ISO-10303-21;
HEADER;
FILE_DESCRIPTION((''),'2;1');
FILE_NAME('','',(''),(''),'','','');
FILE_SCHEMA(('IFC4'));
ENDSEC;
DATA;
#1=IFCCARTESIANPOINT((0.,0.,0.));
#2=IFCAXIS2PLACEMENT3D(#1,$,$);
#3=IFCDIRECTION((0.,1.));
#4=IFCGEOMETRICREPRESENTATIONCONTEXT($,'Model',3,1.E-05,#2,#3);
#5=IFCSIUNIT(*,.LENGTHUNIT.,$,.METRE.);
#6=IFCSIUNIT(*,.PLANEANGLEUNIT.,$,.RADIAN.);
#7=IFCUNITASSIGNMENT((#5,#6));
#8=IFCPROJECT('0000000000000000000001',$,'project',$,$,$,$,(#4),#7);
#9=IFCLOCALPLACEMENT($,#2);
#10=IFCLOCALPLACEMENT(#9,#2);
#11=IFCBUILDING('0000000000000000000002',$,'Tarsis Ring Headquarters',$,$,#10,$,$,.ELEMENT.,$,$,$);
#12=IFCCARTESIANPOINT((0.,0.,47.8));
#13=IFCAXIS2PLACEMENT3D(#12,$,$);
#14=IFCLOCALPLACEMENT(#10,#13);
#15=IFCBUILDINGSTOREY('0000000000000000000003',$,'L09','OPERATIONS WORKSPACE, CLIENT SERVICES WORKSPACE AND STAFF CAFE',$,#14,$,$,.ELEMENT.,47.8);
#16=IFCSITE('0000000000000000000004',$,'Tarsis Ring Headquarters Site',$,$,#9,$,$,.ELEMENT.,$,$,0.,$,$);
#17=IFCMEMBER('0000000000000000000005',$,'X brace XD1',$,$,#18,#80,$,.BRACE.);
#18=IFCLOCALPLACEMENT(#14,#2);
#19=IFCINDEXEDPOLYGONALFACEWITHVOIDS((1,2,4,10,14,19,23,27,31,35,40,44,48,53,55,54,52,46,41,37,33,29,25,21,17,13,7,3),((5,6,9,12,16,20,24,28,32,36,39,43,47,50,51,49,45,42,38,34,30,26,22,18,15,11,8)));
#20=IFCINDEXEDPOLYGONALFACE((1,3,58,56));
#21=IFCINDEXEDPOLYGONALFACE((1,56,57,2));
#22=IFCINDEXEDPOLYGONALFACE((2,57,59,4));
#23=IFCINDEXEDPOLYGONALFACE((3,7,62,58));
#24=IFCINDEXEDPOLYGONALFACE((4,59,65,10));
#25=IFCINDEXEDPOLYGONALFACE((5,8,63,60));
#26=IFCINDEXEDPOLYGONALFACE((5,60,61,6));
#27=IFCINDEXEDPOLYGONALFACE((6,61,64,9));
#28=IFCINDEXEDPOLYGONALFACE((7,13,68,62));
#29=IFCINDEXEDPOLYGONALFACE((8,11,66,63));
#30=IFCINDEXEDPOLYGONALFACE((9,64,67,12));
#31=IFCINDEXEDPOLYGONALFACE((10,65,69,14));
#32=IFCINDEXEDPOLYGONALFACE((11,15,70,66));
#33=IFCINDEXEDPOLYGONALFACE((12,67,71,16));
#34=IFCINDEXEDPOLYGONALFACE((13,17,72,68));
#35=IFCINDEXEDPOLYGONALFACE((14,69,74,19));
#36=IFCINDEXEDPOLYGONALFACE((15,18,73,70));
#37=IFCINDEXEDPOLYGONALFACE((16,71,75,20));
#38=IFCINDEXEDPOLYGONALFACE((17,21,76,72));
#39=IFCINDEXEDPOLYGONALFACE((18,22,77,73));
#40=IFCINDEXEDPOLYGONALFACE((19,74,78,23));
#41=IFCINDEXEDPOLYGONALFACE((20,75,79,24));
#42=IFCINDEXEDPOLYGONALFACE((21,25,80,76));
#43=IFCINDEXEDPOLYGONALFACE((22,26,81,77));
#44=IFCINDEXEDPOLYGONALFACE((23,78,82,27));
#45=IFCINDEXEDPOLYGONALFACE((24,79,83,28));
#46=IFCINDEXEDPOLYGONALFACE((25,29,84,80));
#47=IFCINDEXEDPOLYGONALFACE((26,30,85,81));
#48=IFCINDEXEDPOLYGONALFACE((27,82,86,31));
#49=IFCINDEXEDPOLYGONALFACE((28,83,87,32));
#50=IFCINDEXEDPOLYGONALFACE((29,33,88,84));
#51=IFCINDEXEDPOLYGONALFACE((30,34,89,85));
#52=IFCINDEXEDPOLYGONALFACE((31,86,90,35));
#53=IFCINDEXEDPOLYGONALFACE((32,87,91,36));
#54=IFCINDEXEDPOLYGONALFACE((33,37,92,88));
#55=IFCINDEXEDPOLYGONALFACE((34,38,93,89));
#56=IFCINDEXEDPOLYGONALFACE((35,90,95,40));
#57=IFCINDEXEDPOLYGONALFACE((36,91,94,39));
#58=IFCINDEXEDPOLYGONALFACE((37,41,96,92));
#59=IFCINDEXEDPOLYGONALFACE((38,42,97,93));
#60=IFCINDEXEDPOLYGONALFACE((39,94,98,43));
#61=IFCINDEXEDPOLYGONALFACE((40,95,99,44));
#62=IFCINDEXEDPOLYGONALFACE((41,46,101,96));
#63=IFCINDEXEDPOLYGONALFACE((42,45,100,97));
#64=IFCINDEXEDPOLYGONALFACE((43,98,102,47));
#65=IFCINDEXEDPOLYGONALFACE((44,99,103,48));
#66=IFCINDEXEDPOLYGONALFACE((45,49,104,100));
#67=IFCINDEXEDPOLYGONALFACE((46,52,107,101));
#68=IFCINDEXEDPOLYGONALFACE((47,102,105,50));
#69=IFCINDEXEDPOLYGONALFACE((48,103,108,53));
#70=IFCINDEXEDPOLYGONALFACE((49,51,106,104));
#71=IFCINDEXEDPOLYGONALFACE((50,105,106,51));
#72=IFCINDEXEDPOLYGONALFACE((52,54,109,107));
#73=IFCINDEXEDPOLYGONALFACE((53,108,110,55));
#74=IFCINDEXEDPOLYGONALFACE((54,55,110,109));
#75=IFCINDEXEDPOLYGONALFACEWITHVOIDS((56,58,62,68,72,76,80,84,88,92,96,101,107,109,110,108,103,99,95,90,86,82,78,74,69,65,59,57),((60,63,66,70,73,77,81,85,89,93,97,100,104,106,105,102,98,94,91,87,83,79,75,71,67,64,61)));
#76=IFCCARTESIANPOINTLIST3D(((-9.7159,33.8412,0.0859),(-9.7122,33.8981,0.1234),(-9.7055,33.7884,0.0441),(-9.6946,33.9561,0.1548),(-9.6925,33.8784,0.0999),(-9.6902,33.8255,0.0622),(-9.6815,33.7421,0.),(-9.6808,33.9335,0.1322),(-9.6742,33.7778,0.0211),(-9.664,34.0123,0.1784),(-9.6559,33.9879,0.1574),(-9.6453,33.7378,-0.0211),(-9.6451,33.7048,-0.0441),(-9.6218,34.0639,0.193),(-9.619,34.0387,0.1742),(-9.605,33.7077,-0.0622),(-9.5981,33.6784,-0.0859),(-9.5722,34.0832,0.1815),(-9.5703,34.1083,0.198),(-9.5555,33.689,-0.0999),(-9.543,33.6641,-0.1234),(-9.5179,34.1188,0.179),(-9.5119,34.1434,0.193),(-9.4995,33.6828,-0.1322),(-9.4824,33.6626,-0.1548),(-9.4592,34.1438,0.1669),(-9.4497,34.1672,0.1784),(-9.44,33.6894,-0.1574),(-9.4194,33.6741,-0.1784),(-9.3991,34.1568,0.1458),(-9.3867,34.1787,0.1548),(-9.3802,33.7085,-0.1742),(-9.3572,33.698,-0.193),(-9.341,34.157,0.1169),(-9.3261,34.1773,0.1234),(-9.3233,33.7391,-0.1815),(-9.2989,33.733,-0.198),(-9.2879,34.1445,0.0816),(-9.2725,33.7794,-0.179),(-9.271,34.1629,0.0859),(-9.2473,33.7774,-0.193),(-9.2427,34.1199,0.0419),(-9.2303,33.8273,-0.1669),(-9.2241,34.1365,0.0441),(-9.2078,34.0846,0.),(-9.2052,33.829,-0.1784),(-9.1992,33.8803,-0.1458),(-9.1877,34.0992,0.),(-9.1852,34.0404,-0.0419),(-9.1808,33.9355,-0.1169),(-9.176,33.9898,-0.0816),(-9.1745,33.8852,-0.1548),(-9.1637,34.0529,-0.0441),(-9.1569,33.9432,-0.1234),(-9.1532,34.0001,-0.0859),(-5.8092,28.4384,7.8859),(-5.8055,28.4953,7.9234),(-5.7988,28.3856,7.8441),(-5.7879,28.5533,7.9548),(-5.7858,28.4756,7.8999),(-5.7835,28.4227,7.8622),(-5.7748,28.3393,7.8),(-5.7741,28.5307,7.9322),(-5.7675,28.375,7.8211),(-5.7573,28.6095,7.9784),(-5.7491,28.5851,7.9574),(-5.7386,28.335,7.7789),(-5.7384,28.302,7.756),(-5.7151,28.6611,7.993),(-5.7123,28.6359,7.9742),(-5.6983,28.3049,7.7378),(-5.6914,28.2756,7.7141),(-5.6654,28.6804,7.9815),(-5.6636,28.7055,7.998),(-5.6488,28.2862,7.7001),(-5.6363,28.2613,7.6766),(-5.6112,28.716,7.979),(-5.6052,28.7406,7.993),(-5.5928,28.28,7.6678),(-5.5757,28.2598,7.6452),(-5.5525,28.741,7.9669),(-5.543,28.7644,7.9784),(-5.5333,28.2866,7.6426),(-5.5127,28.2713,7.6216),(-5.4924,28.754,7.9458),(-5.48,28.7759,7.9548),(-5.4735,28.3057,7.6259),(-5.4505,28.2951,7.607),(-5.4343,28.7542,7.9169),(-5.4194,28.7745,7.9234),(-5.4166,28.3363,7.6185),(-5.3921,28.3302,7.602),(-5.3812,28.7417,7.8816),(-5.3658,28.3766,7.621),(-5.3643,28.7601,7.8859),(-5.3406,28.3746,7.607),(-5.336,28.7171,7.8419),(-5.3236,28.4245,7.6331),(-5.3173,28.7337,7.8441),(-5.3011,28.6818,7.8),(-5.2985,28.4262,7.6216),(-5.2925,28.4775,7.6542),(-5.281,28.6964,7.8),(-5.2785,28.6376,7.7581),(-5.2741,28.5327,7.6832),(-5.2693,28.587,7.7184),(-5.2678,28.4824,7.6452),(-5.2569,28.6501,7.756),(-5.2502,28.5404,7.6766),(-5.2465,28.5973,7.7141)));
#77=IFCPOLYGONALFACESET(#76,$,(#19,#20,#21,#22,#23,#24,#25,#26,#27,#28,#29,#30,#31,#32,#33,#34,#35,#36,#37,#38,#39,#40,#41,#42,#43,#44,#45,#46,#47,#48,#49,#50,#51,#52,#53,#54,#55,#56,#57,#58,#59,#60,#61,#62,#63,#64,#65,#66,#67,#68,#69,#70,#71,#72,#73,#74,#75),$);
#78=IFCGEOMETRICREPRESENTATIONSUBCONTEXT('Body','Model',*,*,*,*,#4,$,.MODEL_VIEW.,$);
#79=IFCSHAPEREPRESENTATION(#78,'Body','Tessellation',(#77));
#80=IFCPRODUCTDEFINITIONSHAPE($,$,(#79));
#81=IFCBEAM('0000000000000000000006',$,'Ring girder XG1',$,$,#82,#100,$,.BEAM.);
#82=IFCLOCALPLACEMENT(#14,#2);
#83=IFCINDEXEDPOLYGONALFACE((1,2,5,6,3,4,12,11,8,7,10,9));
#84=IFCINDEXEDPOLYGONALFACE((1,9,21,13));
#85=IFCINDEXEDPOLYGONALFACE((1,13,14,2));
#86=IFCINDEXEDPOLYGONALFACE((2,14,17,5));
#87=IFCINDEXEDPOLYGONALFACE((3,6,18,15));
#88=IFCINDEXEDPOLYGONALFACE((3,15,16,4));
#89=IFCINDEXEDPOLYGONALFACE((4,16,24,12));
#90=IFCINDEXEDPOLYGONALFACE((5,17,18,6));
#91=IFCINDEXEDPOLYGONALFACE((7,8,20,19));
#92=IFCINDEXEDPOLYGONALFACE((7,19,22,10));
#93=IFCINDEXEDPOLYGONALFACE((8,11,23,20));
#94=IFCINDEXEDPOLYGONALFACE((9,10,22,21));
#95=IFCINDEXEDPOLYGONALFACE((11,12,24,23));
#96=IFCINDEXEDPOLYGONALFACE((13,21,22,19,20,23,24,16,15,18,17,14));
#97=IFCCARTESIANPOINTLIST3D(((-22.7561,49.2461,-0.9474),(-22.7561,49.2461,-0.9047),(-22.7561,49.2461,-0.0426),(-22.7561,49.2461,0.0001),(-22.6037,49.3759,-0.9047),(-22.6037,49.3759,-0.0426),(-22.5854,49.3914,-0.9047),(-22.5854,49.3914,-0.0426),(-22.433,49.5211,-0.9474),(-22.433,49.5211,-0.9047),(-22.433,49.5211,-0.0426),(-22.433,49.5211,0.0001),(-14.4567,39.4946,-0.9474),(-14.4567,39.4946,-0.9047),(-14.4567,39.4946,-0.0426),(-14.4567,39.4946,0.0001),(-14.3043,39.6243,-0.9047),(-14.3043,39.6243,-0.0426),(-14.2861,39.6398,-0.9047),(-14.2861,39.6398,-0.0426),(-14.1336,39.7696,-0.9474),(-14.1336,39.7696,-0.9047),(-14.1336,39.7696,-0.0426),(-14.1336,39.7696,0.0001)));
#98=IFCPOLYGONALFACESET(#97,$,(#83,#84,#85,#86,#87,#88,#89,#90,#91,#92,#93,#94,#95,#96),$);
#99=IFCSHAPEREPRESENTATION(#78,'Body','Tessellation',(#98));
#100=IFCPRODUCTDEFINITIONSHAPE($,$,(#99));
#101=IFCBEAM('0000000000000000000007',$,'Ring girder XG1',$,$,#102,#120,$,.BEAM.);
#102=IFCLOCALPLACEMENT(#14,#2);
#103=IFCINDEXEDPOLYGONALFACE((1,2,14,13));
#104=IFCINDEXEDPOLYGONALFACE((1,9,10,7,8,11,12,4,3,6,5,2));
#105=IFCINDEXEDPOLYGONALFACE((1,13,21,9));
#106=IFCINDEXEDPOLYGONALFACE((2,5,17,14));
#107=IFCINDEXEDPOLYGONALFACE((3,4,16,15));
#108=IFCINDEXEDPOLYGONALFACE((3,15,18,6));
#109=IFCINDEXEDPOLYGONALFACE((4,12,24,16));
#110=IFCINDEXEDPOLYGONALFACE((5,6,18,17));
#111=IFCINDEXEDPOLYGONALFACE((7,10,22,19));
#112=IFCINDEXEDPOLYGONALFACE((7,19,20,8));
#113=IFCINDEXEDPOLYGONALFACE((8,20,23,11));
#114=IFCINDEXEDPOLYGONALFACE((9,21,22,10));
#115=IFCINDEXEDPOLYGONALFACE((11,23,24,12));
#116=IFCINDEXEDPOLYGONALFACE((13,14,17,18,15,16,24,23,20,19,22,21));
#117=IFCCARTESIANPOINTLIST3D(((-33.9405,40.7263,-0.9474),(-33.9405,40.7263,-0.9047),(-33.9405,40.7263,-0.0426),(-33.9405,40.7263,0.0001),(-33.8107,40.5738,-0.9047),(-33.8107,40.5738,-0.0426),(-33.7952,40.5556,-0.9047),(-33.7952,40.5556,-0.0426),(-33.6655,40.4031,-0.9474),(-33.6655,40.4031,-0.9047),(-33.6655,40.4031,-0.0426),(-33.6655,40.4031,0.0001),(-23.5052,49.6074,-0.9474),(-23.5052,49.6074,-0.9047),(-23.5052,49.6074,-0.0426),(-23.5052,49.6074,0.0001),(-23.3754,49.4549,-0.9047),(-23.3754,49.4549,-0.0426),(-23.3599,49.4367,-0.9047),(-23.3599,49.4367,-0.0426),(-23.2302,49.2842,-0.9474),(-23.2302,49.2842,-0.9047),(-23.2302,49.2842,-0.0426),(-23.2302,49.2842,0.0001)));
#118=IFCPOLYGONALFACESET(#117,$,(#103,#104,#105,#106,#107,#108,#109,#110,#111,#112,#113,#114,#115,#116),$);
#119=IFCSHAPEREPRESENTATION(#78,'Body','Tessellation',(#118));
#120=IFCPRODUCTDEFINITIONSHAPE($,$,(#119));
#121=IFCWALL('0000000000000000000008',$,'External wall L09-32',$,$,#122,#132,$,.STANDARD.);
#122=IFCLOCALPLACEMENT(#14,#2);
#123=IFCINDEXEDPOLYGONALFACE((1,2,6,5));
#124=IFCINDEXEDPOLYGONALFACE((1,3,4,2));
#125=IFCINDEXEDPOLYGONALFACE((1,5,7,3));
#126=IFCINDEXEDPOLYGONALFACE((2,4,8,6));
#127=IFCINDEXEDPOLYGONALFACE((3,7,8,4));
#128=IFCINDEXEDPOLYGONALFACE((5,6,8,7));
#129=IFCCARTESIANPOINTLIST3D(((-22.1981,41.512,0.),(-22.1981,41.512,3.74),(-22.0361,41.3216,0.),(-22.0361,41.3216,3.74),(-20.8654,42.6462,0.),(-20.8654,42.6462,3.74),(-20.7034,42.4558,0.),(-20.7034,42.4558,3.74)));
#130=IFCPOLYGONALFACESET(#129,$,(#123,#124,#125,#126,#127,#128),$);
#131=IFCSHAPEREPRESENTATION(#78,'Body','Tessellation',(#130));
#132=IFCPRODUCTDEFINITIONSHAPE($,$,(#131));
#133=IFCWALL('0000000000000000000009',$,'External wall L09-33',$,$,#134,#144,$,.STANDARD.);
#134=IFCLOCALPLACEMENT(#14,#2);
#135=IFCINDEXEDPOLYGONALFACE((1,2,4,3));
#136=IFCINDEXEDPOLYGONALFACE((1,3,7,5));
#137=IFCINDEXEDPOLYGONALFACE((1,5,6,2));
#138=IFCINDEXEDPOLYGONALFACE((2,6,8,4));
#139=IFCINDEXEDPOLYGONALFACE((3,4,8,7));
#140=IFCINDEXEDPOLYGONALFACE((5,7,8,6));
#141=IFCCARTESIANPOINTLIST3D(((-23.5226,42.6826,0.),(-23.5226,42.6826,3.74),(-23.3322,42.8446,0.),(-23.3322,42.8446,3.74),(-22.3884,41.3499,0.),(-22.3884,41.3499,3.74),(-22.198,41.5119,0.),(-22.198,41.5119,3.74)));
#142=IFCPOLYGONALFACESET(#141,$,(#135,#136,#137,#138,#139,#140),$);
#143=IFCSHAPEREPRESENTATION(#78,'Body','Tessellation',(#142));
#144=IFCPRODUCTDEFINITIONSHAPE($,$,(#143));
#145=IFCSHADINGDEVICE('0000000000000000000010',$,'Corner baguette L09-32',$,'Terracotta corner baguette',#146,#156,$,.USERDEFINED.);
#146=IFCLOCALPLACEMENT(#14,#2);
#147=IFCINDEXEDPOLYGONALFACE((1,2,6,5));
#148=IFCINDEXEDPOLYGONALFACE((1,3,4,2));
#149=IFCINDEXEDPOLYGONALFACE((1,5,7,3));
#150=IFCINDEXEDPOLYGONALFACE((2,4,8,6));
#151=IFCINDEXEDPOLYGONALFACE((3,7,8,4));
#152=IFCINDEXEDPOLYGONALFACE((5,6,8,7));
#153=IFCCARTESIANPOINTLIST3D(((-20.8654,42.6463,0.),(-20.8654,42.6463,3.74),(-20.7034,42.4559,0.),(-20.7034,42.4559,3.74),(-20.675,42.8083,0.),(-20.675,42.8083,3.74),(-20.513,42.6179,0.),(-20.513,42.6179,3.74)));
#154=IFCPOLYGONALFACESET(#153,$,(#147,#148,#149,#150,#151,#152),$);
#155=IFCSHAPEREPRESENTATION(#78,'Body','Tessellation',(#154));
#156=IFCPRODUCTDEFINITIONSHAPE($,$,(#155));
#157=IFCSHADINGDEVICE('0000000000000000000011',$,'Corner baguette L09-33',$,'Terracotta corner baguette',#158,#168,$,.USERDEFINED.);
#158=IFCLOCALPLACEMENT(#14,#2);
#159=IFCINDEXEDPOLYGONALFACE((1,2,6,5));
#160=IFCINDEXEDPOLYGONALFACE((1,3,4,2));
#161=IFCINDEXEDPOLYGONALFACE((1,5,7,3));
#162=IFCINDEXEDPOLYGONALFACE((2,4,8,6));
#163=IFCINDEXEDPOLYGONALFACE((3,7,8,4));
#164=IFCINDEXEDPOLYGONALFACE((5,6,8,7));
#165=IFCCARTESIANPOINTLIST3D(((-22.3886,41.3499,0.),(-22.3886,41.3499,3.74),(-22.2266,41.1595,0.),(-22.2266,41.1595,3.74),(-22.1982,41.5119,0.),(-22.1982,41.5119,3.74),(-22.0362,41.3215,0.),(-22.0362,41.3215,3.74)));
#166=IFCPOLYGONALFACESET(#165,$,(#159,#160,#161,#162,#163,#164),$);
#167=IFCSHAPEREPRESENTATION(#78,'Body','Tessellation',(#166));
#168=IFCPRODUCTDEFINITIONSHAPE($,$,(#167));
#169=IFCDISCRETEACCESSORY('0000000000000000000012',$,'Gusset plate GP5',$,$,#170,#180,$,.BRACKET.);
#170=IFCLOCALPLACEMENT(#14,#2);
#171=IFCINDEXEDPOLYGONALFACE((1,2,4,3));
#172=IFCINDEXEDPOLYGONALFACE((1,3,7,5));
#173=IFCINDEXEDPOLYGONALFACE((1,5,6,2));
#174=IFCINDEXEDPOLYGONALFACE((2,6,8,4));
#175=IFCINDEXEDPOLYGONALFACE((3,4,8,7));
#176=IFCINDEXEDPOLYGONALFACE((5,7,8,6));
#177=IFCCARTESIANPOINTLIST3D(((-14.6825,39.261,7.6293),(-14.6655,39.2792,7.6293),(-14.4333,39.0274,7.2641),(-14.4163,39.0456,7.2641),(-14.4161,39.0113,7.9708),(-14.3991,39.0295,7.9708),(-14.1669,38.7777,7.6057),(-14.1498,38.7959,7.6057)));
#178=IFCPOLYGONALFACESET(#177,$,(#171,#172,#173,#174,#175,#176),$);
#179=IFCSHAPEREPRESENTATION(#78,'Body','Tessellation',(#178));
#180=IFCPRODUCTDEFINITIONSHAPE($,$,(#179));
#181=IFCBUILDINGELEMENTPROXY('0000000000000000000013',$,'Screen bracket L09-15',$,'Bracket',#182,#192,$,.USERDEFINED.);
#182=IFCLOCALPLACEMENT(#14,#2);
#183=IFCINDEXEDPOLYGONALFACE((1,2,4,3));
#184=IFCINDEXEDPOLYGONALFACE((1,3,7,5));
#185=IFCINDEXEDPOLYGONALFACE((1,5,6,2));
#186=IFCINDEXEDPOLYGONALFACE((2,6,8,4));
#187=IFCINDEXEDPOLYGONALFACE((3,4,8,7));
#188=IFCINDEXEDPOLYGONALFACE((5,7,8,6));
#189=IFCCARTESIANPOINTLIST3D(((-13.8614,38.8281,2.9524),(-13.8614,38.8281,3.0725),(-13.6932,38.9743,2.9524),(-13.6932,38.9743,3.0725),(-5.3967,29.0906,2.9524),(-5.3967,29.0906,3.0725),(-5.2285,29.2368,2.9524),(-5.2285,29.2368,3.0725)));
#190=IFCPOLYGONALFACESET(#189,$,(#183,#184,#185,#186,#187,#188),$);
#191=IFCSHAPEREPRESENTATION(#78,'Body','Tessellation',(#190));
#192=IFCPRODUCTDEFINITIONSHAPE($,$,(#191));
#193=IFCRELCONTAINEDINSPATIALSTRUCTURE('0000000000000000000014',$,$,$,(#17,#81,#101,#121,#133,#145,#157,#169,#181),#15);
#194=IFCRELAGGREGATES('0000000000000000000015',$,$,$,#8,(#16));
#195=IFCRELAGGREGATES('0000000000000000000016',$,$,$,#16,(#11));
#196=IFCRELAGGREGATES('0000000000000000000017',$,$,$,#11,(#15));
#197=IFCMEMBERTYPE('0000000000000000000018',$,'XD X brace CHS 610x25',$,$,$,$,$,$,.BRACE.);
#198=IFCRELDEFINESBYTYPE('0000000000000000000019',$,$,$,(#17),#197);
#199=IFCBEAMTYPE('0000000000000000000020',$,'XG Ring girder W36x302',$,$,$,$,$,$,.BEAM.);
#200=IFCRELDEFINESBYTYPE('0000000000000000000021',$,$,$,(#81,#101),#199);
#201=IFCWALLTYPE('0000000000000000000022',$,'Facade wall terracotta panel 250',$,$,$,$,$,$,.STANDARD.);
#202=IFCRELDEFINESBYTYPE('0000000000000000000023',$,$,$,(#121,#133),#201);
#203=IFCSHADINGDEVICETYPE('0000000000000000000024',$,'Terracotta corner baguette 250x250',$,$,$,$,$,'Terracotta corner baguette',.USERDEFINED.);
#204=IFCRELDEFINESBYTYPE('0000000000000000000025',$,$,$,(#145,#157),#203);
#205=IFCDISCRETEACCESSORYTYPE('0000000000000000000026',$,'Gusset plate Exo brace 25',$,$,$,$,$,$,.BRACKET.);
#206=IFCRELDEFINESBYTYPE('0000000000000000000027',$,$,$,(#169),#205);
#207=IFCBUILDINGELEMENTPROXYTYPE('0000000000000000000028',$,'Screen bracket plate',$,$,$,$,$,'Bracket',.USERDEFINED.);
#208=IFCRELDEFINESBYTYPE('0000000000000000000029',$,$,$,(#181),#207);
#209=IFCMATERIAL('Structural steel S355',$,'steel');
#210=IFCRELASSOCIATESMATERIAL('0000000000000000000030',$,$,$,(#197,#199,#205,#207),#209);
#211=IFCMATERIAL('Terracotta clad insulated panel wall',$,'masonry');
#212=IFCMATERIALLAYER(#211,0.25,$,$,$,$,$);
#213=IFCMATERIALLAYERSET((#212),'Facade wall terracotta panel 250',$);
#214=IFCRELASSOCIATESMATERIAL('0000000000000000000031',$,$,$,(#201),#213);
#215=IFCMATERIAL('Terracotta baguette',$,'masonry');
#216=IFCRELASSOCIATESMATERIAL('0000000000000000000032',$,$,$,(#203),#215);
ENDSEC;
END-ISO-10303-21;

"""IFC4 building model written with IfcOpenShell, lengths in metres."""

from ifc_helpers import new_model, si_unit, direction, frame, frame_2d, origin, origin_2d, place, context, subcontext, project, spatial, rectangle, hollow_circle, i_section, extrude, material, layer, layer_set, material_profile, profile_set, type_object, element, save


model = new_model("IFC4")

# Units and contexts
model_context = context("Model", 3, precision=1e-05, world=origin(), true_north=direction((0.0, 1.0)))
body_context = subcontext(model_context, "Body", "Model", "MODEL_VIEW")
ifc_project = project(units=[si_unit("LENGTHUNIT", "METRE"), si_unit("PLANEANGLEUNIT", "RADIAN")], contexts=[model_context])

# Site, building, storey
site_placement = place(None, origin())
site = spatial("IfcSite", under=ifc_project, at=site_placement, Name="Tarsis Ring Headquarters Site", CompositionType="ELEMENT", RefElevation=0.0)
building_placement = place(site_placement, origin())
building = spatial("IfcBuilding", under=site, at=building_placement, Name="Tarsis Ring Headquarters", CompositionType="ELEMENT")
storey_placement = place(building_placement, frame((0.0, 0.0, 47.8)))
storey = spatial("IfcBuildingStorey", under=building, at=storey_placement, Name="L09", Description="OPERATIONS WORKSPACE, CLIENT SERVICES WORKSPACE AND STAFF CAFE", CompositionType="ELEMENT", Elevation=47.8)

# Shared definitions
ifc_material_1 = material(Name="Structural steel S355", Category="steel")

# Member
ifc_material_profile_1 = material_profile(ifc_material_1, hollow_circle(Radius=0.3047, WallThickness=0.0249, at=origin_2d()), Name="CHS 610x25")
ifc_profile_set_1 = profile_set([ifc_material_profile_1], Name="Structural steel S355")
member_type = type_object("IfcMemberType", Name="XD X brace CHS 610x25", PredefinedType="BRACE", material=ifc_profile_set_1)
member_1_placement = place(storey_placement, frame((-9.4346, 33.9207, 0.0), z_axis=(0.380726, -0.526526, 0.760144), x_axis=(0.810345, 0.585953, 0.0)))
element("IfcMember", 1, at=member_1_placement, inside=storey, type_object=member_type, Name="X brace XD1", PredefinedType="BRACE", context=body_context, shape_type="SweptSolid", body=[
    extrude(hollow_circle(Radius=0.3047, WallThickness=0.0249, at=origin_2d()), origin(), (0.0, 0.0, 1.0), 10.2612),
])

# Beams
ifc_material_profile_2 = material_profile(ifc_material_1, i_section(OverallWidth=0.4243, OverallDepth=0.9475, WebThickness=0.0239, FlangeThickness=0.0427, at=origin_2d()), Name="W36x302")
ifc_profile_set_2 = profile_set([ifc_material_profile_2], Name="Structural steel S355")
beam_type_1 = type_object("IfcBeamType", Name="XG Ring girder W36x302", PredefinedType="BEAM", material=ifc_profile_set_2)
beam_1_placement = place(storey_placement, frame((-14.2952, 39.6321, -0.4736), z_axis=(-0.648128, 0.761532, 0.0), x_axis=(-0.761532, -0.648128, 0.0)))
element("IfcBeam", 2, at=beam_1_placement, inside=storey, type_object=beam_type_1, Name="Ring girder XG1", PredefinedType="BEAM", context=body_context, shape_type="SweptSolid", body=[
    extrude(i_section(OverallWidth=0.4243, OverallDepth=0.9475, WebThickness=0.0239, FlangeThickness=0.0427, at=origin_2d()), origin(), (0.0, 0.0, 1.0), 12.8052),
])
beam_2_placement = place(storey_placement, frame((-23.3677, 49.4458, -0.4736), z_axis=(-0.76154, -0.648118, 0.0), x_axis=(0.648118, -0.76154, 0.0)))
element("IfcBeam", 3, at=beam_2_placement, inside=storey, type_object=beam_type_1, Name="Ring girder XG1", PredefinedType="BEAM", context=body_context, shape_type="SweptSolid", body=[
    extrude(i_section(OverallWidth=0.4243, OverallDepth=0.9475, WebThickness=0.0239, FlangeThickness=0.0427, at=origin_2d()), origin(), (0.0, 0.0, 1.0), 13.7029),
])

# Walls
ifc_material_2 = material(Name="Terracotta clad insulated panel wall", Category="masonry")
ifc_layer = layer(ifc_material_2, 0.25)
ifc_layer_set = layer_set([ifc_layer], Name="Facade wall terracotta panel 250")
wall_type = type_object("IfcWallType", Name="Facade wall terracotta panel 250", PredefinedType="STANDARD", material=ifc_layer_set)
for number, where, z_axis, x_axis, name in (
    (4, (-20.7844, 42.551, 0.0), (0.0, 0.0, 1.0), (-0.761536, -0.648122, 0.0), "External wall L09-32"),
    (5, (-22.2932, 41.4309, 0.0), (0.0, 0.0, 1.0), (-0.648122, 0.761536, 0.0), "External wall L09-33"),
):
    element("IfcWall", number, at=place(storey_placement, frame(where, z_axis=z_axis, x_axis=x_axis)), inside=storey, type_object=wall_type, Name=name, PredefinedType="STANDARD", context=body_context, shape_type="SweptSolid", body=[
        extrude(rectangle(XDim=1.75, YDim=0.25, at=frame_2d((0.875, 0.0))), origin(), (0.0, 0.0, 1.0), 3.74),
    ])

# Shading devices
ifc_material_3 = material(Name="Terracotta baguette", Category="masonry")
shading_device_type_1 = type_object("IfcShadingDeviceType", Name="Terracotta corner baguette 250x250", ElementType="Terracotta corner baguette", PredefinedType="USERDEFINED", material=ifc_material_3)
for number, where, z_axis, x_axis, name in (
    (6, (-20.6892, 42.6321, 0.0), (0.0, 0.0, 1.0), (-0.64812, 0.761538, 0.0), "Corner baguette L09-32"),
    (7, (-22.2124, 41.3357, 0.0), (0.0, 0.0, 1.0), (-0.761538, -0.64812, 0.0), "Corner baguette L09-33"),
):
    element("IfcShadingDevice", number, at=place(storey_placement, frame(where, z_axis=z_axis, x_axis=x_axis)), inside=storey, type_object=shading_device_type_1, Name=name, ObjectType="Terracotta corner baguette", PredefinedType="USERDEFINED", context=body_context, shape_type="SweptSolid", body=[
        extrude(rectangle(XDim=0.25, YDim=0.25, at=origin_2d()), origin(), (0.0, 0.0, 1.0), 3.74),
    ])

# Discrete accessory
ifc_material_profile_3 = material_profile(ifc_material_1, rectangle(XDim=0.0249, YDim=0.5, at=origin_2d()), Name="PL 25x500")
ifc_profile_set_3 = profile_set([ifc_material_profile_3], Name="Structural steel S355")
discrete_accessory_type = type_object("IfcDiscreteAccessoryType", Name="Gusset plate Exo brace 25", PredefinedType="BRACKET", material=ifc_profile_set_3)
discrete_accessory_placement = place(storey_placement, frame((-14.5408, 39.1453, 7.8), z_axis=(0.498416, -0.467174, -0.730294), x_axis=(0.68387, 0.729604, 0.0)))
element("IfcDiscreteAccessory", 8, at=discrete_accessory_placement, inside=storey, type_object=discrete_accessory_type, Name="Gusset plate GP5", PredefinedType="BRACKET", context=body_context, shape_type="SweptSolid", body=[
    extrude(rectangle(XDim=0.0249, YDim=0.5, at=origin_2d()), origin(), (0.0, 0.0, 1.0), 0.5),
])

# Building element proxy
building_element_proxy_type = type_object("IfcBuildingElementProxyType", Name="Screen bracket plate", ElementType="Bracket", PredefinedType="USERDEFINED", material=ifc_material_1)
proxy_placement = place(storey_placement, frame((-9.5449, 34.0325, 2.9524), z_axis=(0.0, 0.0, 1.0), x_axis=(-0.656059, 0.75471, 0.0)))
element("IfcBuildingElementProxy", 9, at=proxy_placement, inside=storey, type_object=building_element_proxy_type, Name="Screen bracket L09-15", ObjectType="Bracket", PredefinedType="USERDEFINED", context=body_context, shape_type="SweptSolid", body=[
    extrude(rectangle(XDim=12.9023, YDim=0.2229, at=origin_2d()), origin(), (0.0, 0.0, 1.0), 0.1201),
])

save(model, "model.ifc")
